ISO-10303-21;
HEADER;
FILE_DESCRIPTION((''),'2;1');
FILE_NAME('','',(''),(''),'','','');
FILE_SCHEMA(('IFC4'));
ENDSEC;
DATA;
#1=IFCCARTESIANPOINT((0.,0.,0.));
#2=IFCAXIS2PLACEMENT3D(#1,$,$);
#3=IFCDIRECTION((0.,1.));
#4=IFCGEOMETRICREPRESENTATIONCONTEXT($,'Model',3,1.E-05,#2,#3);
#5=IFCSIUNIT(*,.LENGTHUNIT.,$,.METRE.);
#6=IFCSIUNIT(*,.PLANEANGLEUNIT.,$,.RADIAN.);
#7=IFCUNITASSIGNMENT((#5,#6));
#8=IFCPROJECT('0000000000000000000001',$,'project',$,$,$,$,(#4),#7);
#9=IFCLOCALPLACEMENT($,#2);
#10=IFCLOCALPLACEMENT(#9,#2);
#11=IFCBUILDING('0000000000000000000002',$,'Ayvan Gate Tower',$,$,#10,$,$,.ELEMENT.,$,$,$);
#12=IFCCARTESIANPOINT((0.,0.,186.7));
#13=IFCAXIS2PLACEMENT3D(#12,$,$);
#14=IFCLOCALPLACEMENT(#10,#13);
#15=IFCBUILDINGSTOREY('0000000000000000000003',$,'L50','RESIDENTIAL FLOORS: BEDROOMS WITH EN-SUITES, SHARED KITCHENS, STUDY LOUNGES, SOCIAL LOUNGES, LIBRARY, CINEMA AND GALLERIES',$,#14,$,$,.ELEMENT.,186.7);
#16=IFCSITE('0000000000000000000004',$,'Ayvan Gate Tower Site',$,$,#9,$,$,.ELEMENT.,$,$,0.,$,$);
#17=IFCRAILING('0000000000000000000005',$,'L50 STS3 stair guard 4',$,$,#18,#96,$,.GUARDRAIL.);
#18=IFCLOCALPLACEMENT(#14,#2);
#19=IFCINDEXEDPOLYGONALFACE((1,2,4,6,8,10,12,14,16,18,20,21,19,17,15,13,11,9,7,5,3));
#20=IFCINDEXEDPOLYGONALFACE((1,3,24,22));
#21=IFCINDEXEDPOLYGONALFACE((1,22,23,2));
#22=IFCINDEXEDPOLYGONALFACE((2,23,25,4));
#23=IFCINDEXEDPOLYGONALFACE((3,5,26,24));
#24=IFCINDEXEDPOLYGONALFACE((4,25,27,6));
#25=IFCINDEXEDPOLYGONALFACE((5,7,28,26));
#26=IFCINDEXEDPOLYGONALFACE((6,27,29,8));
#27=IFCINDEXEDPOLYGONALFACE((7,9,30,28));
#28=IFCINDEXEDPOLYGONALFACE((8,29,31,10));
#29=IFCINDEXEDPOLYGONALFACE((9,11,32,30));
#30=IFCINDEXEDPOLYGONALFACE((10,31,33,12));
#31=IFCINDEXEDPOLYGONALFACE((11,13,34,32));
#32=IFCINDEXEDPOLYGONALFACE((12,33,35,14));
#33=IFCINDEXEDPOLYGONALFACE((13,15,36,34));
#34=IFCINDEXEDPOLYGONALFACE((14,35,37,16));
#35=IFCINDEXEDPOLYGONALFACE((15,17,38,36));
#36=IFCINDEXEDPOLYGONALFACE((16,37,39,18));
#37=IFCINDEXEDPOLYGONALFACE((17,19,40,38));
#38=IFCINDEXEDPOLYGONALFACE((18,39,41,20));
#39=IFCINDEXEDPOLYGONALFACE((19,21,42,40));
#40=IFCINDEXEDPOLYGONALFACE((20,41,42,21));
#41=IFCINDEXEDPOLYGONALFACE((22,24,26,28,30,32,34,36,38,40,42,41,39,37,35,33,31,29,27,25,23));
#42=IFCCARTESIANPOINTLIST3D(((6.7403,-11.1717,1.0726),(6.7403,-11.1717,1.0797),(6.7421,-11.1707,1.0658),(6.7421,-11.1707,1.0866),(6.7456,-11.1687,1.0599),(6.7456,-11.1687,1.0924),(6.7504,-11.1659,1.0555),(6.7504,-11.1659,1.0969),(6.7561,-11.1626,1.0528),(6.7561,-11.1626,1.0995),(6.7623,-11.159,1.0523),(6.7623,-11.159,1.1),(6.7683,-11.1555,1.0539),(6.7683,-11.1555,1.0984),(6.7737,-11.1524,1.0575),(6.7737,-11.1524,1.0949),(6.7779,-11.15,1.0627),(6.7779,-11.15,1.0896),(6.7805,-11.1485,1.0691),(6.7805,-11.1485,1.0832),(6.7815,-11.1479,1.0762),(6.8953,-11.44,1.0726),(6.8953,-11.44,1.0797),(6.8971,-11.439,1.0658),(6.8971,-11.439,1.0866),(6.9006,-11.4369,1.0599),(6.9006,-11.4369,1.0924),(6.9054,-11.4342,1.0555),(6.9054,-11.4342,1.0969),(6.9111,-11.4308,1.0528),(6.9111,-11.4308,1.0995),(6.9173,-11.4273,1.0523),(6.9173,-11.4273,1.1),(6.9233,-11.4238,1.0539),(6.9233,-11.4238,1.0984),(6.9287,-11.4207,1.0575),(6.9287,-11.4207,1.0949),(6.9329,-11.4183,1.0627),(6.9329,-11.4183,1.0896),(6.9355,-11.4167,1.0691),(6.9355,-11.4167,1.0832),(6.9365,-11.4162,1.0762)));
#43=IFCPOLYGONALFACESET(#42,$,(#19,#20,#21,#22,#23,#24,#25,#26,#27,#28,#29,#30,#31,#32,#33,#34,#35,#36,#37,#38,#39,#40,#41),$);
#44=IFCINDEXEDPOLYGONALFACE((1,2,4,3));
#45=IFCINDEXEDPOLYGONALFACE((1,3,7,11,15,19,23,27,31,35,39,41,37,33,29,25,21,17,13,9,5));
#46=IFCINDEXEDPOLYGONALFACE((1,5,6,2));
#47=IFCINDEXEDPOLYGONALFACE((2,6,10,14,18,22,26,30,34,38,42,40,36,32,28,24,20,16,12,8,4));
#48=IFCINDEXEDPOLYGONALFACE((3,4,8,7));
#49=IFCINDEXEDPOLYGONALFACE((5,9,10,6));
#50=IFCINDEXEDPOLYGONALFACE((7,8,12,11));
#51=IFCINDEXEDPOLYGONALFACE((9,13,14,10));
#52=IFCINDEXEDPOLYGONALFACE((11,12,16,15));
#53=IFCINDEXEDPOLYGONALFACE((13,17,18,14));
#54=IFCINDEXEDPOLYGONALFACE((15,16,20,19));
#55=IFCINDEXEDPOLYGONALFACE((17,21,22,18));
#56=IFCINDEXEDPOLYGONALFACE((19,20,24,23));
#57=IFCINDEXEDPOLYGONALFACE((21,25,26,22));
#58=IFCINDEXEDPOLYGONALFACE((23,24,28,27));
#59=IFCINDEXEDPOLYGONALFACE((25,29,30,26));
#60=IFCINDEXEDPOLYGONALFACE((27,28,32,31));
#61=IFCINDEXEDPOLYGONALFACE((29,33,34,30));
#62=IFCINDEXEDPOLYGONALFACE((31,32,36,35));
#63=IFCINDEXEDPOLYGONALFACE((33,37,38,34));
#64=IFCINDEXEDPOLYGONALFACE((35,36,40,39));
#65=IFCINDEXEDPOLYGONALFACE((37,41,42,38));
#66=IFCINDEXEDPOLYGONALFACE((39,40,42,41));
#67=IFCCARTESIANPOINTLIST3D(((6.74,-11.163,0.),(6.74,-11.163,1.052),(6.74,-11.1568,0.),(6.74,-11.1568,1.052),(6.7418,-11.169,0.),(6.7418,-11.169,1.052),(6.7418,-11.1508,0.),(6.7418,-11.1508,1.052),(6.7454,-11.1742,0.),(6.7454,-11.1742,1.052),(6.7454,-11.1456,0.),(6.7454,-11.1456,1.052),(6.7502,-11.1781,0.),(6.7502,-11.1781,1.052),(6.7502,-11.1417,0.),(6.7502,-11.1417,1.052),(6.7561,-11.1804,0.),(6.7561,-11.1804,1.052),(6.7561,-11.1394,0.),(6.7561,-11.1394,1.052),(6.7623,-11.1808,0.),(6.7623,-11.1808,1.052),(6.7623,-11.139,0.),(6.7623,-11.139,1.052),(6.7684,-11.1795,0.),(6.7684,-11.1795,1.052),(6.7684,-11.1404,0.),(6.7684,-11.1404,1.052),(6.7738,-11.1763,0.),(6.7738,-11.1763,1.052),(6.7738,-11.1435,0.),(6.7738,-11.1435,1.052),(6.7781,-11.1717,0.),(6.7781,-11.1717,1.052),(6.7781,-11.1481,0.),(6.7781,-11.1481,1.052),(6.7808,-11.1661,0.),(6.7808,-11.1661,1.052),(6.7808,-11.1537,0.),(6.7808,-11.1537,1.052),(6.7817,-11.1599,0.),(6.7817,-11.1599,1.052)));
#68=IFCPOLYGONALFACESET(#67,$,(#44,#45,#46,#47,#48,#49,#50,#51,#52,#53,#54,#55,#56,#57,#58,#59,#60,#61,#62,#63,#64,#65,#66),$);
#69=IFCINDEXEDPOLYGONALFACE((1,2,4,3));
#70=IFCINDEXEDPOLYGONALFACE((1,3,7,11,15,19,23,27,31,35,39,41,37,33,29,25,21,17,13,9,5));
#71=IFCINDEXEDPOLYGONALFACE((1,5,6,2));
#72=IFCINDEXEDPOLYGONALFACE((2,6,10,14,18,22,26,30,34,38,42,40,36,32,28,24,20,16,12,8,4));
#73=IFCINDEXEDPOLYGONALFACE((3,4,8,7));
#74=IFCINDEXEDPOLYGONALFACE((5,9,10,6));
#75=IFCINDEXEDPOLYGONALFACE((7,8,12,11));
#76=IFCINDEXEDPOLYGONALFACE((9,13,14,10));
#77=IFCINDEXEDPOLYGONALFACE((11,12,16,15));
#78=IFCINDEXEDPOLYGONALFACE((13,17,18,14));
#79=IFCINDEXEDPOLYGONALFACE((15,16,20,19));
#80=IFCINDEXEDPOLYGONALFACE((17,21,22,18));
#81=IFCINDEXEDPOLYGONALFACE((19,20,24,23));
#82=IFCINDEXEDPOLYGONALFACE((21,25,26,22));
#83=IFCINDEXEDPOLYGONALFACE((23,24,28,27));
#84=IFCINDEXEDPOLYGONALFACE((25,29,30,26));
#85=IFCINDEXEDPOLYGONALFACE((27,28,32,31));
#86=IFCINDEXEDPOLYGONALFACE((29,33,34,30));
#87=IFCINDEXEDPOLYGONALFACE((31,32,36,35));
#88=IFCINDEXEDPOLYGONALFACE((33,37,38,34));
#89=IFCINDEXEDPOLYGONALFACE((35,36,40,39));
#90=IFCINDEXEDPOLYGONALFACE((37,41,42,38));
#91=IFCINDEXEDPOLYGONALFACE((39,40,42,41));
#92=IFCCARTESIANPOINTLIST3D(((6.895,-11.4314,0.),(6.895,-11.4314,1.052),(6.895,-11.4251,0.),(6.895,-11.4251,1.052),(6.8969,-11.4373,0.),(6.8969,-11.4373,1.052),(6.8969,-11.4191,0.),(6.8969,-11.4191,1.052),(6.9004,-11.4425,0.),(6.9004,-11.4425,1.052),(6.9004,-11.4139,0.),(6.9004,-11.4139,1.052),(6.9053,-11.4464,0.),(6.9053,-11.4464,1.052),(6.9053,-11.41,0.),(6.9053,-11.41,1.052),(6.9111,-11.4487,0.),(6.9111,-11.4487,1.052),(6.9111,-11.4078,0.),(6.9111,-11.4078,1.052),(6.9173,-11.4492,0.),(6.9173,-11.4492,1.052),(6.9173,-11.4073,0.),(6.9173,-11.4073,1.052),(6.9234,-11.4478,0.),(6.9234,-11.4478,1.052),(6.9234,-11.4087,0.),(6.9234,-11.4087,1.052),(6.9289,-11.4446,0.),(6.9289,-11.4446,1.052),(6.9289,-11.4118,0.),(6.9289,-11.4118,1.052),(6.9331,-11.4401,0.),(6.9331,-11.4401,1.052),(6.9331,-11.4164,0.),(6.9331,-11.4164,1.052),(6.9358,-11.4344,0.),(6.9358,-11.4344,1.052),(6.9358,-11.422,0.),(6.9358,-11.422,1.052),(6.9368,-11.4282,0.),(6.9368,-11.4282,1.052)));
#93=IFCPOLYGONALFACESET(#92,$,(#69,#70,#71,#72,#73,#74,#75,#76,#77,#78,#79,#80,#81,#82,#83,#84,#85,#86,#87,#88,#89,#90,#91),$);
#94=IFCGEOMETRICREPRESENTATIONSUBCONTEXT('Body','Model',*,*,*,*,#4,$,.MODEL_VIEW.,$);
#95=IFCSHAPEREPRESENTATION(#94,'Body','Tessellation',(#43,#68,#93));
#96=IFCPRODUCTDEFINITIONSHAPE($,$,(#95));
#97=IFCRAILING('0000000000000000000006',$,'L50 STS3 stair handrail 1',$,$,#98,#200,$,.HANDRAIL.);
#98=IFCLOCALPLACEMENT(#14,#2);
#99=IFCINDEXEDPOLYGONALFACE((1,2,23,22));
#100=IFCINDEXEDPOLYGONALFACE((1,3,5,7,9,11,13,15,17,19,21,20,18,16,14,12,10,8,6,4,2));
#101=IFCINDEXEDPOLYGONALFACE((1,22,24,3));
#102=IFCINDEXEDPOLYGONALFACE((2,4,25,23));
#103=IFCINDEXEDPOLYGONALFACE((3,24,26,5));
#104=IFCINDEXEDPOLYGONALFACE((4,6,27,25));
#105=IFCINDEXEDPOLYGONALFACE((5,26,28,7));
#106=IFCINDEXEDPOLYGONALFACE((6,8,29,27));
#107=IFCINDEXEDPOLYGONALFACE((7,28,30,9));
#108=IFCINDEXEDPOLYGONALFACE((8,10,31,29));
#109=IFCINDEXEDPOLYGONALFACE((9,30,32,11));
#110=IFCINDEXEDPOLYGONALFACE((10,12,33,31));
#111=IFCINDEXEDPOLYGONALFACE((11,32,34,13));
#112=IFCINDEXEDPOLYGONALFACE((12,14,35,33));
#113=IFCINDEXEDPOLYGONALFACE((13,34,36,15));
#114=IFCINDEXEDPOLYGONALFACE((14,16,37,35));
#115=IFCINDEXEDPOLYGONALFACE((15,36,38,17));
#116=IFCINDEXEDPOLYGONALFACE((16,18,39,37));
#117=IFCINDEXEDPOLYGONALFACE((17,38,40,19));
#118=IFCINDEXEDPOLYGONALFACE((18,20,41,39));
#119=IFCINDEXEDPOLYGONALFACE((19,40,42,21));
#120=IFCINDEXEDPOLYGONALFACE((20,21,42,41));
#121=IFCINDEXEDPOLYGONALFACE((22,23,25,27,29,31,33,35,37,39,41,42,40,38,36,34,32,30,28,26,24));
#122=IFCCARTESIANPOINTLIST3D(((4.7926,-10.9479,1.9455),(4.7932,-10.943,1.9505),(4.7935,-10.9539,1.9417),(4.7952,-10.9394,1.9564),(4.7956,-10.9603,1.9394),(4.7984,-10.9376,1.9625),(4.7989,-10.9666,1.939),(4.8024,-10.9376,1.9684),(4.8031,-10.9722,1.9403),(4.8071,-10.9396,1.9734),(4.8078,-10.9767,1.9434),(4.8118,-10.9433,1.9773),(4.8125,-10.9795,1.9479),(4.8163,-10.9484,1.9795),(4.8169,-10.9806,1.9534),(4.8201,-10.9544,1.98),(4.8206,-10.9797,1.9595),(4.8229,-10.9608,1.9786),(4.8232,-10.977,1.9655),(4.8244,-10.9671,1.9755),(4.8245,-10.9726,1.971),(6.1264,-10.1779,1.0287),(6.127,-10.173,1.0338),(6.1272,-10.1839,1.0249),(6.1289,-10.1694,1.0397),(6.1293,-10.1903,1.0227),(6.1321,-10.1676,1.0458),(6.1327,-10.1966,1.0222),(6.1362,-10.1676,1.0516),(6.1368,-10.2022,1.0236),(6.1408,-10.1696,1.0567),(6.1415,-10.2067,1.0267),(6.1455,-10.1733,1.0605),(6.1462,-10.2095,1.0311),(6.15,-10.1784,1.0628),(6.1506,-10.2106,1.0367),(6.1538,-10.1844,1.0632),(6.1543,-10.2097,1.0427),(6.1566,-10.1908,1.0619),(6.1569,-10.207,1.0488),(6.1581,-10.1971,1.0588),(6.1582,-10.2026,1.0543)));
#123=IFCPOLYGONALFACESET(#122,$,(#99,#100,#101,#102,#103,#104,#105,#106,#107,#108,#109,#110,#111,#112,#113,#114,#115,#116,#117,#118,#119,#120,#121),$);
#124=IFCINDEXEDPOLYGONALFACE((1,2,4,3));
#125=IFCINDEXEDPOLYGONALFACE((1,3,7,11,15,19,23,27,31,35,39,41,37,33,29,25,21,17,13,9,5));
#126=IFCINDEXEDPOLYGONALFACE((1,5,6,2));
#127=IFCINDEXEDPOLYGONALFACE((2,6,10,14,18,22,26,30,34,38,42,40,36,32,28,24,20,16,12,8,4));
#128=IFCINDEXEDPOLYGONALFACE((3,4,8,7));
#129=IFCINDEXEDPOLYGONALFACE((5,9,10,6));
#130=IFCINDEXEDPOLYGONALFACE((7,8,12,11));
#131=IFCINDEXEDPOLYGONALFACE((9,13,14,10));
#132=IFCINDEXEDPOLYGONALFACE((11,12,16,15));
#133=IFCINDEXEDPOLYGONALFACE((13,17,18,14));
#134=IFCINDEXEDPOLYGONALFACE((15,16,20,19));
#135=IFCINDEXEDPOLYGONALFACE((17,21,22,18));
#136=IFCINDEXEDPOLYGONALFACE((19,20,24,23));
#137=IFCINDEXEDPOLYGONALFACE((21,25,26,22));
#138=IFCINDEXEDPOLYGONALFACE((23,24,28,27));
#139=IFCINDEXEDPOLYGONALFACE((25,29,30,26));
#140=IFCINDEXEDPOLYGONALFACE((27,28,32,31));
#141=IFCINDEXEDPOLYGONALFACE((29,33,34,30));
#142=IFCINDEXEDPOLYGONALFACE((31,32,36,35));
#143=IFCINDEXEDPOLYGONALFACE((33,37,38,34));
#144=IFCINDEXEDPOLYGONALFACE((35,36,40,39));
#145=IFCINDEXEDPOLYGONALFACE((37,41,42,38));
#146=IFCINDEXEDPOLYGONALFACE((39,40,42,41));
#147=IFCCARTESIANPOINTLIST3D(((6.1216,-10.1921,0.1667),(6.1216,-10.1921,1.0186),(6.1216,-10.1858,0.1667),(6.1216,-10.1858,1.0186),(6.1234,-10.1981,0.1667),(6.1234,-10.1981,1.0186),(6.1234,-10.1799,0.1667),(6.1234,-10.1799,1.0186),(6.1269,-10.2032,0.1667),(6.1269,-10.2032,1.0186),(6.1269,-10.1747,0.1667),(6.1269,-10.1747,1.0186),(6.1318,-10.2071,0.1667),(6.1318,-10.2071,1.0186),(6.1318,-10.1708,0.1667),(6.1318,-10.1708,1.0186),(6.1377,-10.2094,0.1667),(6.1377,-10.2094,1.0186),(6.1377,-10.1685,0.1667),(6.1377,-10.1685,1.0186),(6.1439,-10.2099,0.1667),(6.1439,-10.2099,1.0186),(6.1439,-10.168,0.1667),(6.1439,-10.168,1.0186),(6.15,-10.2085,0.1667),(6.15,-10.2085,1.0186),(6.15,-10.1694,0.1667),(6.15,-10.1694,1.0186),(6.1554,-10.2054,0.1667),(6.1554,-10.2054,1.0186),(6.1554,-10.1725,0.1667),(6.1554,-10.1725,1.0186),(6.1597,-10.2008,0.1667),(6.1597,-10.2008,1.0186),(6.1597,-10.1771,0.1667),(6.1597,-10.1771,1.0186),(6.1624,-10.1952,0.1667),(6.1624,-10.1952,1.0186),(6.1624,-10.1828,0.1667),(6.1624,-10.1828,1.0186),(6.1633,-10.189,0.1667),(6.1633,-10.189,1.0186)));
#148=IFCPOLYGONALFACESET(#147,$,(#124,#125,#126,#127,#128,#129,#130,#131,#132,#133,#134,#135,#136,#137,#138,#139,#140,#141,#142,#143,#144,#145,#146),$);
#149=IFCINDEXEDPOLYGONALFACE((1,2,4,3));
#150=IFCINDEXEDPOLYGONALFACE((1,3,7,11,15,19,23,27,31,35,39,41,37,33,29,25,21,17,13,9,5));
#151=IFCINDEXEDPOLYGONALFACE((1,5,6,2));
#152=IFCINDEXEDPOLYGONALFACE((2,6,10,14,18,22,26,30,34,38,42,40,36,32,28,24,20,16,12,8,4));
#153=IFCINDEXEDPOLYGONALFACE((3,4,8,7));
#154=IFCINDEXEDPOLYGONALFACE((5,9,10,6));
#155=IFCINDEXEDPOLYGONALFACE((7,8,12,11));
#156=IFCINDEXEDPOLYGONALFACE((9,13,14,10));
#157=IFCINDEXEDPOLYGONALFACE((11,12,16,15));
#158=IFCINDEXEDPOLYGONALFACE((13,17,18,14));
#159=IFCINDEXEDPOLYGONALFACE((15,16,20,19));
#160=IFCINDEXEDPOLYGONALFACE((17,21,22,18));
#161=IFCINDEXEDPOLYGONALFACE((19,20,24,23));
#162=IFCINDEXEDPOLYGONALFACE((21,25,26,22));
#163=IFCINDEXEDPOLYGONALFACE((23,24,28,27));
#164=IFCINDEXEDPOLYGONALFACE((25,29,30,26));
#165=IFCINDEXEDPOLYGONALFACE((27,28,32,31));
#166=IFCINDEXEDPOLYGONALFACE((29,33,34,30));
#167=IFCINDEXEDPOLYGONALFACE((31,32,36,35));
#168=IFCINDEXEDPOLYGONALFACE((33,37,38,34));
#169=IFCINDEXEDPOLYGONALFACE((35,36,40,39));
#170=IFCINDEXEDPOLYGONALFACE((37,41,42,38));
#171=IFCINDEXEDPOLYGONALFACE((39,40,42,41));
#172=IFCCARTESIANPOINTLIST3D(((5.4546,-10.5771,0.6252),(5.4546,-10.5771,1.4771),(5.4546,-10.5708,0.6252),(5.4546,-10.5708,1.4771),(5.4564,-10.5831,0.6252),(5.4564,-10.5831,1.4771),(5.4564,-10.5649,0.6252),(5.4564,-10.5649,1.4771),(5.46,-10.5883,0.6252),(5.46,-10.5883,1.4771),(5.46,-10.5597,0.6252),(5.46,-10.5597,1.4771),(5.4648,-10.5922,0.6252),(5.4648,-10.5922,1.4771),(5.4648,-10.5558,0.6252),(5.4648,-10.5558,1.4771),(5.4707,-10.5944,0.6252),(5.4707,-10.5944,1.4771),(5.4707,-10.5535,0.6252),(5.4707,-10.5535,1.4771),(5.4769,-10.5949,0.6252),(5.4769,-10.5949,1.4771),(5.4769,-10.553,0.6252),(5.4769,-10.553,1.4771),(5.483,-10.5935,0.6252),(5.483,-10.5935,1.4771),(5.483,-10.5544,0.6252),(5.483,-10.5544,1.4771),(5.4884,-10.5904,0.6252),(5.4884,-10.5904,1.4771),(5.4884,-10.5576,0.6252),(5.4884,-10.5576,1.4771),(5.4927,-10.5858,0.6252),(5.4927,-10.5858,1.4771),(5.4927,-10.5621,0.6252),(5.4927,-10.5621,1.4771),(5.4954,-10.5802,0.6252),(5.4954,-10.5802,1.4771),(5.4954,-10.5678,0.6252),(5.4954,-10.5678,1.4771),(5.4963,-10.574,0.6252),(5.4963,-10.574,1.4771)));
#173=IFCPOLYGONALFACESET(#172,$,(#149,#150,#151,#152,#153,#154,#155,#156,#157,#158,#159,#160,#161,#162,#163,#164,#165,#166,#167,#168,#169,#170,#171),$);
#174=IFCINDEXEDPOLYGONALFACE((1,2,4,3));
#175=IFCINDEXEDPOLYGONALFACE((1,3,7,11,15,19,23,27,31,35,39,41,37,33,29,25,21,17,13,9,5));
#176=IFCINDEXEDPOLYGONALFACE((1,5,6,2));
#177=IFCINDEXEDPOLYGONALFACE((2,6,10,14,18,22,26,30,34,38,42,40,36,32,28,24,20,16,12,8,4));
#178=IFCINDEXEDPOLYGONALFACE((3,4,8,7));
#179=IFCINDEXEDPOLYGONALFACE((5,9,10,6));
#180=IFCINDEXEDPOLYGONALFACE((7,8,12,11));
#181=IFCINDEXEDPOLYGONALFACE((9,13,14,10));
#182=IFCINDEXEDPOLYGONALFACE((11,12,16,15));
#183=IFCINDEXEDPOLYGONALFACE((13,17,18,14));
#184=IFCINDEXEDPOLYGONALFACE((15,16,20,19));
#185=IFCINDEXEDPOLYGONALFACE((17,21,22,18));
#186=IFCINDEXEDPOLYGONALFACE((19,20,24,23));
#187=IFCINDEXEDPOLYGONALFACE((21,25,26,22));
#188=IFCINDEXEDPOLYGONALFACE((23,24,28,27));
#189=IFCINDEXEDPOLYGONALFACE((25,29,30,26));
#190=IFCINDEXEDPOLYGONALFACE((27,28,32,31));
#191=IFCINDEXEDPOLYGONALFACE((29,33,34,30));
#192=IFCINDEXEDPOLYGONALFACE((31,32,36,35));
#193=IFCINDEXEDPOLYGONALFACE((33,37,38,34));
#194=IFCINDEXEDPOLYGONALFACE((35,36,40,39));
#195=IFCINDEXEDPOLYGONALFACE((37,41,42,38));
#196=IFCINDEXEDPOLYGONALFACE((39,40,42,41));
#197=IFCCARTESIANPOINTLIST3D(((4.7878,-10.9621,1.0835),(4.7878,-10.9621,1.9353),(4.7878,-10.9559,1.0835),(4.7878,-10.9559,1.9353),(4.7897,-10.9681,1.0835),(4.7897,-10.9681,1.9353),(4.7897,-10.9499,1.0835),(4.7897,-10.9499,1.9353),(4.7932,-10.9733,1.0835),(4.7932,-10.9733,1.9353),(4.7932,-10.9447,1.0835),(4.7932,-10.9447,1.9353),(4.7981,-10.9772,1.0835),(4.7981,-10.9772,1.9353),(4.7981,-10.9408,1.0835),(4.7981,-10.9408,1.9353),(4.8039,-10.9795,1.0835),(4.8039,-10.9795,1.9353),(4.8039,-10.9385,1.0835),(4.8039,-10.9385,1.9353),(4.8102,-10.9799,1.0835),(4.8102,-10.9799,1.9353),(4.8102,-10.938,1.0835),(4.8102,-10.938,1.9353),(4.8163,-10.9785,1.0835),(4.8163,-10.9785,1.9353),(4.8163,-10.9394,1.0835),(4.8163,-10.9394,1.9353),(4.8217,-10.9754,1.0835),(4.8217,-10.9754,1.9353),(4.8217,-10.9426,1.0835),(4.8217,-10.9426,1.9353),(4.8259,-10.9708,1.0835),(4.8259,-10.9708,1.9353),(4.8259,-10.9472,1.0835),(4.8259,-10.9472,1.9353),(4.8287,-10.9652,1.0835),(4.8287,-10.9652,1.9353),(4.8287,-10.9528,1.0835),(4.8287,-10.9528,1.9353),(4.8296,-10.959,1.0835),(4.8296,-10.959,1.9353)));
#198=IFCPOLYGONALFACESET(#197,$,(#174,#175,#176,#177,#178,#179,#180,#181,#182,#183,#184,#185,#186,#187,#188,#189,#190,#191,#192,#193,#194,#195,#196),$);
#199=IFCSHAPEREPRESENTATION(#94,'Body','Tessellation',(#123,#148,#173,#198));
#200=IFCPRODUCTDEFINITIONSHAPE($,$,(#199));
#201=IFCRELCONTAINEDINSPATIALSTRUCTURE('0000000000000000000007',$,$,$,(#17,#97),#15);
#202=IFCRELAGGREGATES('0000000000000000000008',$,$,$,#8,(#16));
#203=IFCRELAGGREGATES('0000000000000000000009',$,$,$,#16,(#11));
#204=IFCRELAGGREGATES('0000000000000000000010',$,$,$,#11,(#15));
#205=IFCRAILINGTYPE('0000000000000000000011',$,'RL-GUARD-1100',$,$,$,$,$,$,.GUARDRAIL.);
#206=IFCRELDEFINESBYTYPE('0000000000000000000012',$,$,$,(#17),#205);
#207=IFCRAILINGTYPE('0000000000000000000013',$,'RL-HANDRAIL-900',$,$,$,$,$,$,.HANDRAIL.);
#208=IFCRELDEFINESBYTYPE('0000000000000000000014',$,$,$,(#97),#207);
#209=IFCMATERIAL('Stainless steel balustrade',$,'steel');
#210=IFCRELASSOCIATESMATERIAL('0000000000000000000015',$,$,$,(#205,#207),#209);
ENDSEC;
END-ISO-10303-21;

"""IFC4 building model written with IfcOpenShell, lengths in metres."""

from ifc_helpers import new_model, si_unit, direction, frame, origin, origin_2d, place, context, subcontext, project, spatial, circle, extrude, material, type_object, element, save


model = new_model("IFC4")

# Units and contexts
model_context = context("Model", 3, precision=1e-05, world=origin(), true_north=direction((0.0, 1.0)))
body_context = subcontext(model_context, "Body", "Model", "MODEL_VIEW")
ifc_project = project(units=[si_unit("LENGTHUNIT", "METRE"), si_unit("PLANEANGLEUNIT", "RADIAN")], contexts=[model_context])

# Site, building, storey
site_placement = place(None, origin())
site = spatial("IfcSite", under=ifc_project, at=site_placement, Name="Ayvan Gate Tower Site", CompositionType="ELEMENT", RefElevation=0.0)
building_placement = place(site_placement, origin())
building = spatial("IfcBuilding", under=site, at=building_placement, Name="Ayvan Gate Tower", CompositionType="ELEMENT")
storey_placement = place(building_placement, frame((0.0, 0.0, 186.7)))
storey = spatial("IfcBuildingStorey", under=building, at=storey_placement, Name="L50", Description="RESIDENTIAL FLOORS: BEDROOMS WITH EN-SUITES, SHARED KITCHENS, STUDY LOUNGES, SOCIAL LOUNGES, LIBRARY, CINEMA AND GALLERIES", CompositionType="ELEMENT", Elevation=186.7)

# Railings
ifc_material_1 = material(Name="Stainless steel balustrade", Category="steel")
railing_type_1 = type_object("IfcRailingType", Name="RL-GUARD-1100", PredefinedType="GUARDRAIL", material=ifc_material_1)
railing_1_placement = place(storey_placement, frame((6.7607, -11.1599, 0.0)))
element("IfcRailing", 1, at=railing_1_placement, inside=storey, type_object=railing_type_1, Name="L50 STS3 stair guard 4", PredefinedType="GUARDRAIL", context=body_context, shape_type="SweptSolid", body=[
    extrude(circle(Radius=0.0239, at=origin_2d()), frame((0.0, 0.0, 1.0762), z_axis=(0.500291, -0.865857, 0.0), x_axis=(0.865857, 0.500291, 0.0)), (0.0, 0.0, 1.0), 0.3098),
    extrude(circle(Radius=0.021, at=origin_2d()), origin(), (0.0, 0.0, 1.0), 1.052),
    extrude(circle(Radius=0.021, at=origin_2d()), frame((0.155, -0.2683, 0.0)), (0.0, 0.0, 1.0), 1.052),
])
railing_type_2 = type_object("IfcRailingType", Name="RL-HANDRAIL-900", PredefinedType="HANDRAIL", material=ifc_material_1)
railing_2_placement = place(storey_placement, frame((6.1423, -10.189, 0.1667)))
element("IfcRailing", 2, at=railing_2_placement, inside=storey, type_object=railing_type_2, Name="L50 STS3 stair handrail 1", PredefinedType="HANDRAIL", context=body_context, shape_type="SweptSolid", body=[
    extrude(circle(Radius=0.0239, at=origin_2d()), frame((0.0, 0.0, 0.876), z_axis=(-0.744164, -0.429634, 0.511502), x_axis=(0.499992, -0.86603, 0.0)), (0.0, 0.0, 1.0), 1.7922),
    extrude(circle(Radius=0.021, at=origin_2d()), origin(), (0.0, 0.0, 1.0), 0.8518),
    extrude(circle(Radius=0.021, at=origin_2d()), frame((-0.667, -0.385, 0.4585)), (0.0, 0.0, 1.0), 0.8518),
    extrude(circle(Radius=0.021, at=origin_2d()), frame((-1.3337, -0.77, 0.9167)), (0.0, 0.0, 1.0), 0.8518),
])

save(model, "model.ifc")
